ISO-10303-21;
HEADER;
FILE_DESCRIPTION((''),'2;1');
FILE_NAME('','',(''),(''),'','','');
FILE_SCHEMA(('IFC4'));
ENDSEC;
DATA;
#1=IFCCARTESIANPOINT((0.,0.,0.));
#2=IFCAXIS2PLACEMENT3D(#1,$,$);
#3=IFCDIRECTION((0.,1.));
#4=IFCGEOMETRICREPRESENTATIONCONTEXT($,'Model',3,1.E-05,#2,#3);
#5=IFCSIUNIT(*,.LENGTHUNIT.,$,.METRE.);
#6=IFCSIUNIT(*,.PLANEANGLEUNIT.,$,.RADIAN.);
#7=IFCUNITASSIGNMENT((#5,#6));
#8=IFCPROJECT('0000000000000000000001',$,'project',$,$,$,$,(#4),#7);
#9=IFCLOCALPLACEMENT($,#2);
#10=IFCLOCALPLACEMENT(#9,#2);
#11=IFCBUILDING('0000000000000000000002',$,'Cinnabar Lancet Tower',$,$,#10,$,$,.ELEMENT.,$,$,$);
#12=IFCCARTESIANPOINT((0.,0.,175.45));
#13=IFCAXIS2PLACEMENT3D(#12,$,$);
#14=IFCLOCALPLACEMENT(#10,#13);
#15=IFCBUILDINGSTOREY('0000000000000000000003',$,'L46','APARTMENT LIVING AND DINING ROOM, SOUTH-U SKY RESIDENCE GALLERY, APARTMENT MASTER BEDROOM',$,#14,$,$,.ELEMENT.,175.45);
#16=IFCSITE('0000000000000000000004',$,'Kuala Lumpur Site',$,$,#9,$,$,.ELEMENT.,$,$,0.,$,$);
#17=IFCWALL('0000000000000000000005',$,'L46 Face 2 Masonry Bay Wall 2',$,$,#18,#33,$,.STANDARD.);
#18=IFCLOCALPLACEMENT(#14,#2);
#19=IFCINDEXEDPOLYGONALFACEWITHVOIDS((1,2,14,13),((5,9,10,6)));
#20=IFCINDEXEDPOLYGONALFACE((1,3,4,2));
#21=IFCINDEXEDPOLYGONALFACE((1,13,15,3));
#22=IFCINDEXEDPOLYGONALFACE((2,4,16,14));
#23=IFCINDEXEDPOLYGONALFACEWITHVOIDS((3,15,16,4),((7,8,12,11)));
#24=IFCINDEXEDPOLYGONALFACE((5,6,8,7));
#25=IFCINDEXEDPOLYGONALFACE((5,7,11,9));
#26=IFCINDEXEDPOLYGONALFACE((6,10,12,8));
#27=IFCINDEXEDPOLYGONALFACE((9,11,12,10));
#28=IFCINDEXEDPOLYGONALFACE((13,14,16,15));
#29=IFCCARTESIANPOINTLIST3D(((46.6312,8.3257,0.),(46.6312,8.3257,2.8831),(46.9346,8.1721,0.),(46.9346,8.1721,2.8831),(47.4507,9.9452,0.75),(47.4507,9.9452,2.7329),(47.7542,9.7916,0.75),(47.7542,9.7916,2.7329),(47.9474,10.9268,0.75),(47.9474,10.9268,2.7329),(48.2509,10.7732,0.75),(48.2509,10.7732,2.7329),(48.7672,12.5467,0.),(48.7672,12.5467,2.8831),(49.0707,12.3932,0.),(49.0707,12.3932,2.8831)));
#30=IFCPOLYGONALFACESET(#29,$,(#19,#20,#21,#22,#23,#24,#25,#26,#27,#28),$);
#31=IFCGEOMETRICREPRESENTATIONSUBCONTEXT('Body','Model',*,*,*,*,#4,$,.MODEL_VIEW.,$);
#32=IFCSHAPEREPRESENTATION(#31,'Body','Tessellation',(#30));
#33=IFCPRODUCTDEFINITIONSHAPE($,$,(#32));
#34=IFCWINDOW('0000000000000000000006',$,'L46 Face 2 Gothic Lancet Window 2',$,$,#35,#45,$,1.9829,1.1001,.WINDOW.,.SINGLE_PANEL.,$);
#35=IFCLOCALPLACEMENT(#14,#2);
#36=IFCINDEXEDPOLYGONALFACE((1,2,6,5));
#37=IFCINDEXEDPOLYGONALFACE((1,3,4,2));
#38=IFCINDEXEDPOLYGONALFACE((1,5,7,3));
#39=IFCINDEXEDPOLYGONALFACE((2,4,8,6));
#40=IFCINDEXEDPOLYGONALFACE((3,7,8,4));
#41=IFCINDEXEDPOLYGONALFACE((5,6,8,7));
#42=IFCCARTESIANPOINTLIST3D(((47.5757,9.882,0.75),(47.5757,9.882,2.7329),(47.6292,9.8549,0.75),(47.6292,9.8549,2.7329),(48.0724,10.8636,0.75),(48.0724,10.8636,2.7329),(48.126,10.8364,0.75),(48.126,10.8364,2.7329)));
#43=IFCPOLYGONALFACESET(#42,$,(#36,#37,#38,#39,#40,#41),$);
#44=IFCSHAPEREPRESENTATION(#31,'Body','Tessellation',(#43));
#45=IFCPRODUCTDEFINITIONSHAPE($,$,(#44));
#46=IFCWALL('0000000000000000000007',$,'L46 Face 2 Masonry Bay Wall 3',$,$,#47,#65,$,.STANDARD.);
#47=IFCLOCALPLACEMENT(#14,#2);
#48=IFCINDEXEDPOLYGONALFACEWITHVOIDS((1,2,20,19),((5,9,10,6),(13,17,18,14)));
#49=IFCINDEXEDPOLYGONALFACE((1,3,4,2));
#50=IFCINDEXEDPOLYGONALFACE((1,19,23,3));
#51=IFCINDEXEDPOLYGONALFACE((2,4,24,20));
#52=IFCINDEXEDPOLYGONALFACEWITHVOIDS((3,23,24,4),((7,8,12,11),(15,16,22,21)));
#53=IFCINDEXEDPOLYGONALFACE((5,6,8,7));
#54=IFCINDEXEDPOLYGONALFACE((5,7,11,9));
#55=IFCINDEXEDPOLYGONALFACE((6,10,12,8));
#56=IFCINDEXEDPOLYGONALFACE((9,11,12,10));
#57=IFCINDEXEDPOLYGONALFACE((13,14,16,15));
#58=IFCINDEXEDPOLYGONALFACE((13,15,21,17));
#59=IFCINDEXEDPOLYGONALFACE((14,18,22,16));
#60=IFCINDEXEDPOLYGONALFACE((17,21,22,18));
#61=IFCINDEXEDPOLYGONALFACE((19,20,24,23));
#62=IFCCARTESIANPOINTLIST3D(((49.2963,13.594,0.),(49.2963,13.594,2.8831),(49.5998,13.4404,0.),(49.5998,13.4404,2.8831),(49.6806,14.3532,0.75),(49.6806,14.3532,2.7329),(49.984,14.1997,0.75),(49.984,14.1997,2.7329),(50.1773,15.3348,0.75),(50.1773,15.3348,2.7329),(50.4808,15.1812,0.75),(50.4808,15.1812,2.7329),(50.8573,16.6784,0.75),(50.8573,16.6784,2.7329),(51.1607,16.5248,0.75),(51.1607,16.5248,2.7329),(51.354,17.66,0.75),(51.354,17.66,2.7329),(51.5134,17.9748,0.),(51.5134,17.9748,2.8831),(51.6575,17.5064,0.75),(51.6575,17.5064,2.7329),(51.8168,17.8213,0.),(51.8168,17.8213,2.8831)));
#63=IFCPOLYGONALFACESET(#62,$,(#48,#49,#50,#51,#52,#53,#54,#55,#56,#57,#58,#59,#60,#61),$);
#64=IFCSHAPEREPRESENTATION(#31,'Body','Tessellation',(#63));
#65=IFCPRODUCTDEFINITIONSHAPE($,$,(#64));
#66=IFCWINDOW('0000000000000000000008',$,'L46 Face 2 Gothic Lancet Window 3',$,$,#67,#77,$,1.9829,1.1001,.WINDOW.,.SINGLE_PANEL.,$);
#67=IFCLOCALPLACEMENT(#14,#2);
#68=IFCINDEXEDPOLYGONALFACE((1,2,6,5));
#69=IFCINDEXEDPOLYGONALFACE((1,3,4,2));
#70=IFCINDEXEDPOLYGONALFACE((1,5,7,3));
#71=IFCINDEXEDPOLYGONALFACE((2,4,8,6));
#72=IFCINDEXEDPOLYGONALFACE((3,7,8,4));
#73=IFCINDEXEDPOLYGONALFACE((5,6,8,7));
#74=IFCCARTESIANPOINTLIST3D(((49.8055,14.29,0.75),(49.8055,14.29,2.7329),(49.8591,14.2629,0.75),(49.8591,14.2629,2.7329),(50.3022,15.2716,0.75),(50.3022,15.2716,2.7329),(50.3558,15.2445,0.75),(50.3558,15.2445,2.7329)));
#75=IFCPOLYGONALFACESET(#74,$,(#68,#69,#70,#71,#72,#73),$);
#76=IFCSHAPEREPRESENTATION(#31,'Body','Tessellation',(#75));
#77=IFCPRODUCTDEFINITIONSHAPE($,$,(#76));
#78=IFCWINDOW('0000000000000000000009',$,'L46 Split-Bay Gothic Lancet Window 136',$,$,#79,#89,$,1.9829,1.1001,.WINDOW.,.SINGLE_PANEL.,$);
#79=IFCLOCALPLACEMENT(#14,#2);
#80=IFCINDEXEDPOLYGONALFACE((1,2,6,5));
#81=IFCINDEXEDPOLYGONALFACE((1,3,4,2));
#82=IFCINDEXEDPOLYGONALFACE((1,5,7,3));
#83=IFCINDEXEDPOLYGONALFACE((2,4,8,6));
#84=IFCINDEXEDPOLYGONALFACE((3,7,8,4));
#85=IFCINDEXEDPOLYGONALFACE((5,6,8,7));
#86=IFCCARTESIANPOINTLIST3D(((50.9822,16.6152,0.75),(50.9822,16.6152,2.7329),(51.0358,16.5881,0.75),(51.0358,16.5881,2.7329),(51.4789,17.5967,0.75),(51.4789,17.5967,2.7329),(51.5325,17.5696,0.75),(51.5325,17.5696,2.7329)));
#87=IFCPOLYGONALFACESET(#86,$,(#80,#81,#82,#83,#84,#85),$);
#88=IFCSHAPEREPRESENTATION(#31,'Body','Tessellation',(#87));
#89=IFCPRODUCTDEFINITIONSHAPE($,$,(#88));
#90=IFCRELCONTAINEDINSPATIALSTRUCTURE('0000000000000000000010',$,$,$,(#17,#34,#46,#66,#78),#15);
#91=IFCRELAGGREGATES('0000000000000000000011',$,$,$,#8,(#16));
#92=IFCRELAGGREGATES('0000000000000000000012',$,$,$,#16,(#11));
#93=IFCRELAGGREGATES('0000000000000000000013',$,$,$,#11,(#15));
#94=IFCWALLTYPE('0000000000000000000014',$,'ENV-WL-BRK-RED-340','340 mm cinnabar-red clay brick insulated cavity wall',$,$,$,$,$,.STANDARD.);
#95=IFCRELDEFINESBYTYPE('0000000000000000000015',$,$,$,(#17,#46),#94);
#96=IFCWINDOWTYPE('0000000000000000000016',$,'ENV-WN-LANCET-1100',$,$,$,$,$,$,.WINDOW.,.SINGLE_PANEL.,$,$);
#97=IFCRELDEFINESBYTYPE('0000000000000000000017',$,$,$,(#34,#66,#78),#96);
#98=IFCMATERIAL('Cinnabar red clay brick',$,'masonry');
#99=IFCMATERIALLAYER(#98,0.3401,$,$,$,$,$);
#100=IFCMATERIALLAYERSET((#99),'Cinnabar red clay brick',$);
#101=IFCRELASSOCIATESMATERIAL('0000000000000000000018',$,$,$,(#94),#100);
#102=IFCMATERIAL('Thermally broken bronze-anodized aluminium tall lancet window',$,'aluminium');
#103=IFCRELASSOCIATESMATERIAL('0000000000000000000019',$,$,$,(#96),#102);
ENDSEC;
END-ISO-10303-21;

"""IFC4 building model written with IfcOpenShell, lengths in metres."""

from ifc_helpers import new_model, si_unit, direction, frame, frame_2d, origin, place, context, subcontext, project, spatial, rectangle, extrude, material, layer, layer_set, type_object, element, fill, save


model = new_model("IFC4")

# Units and contexts
model_context = context("Model", 3, precision=1e-05, world=origin(), true_north=direction((0.0, 1.0)))
body_context = subcontext(model_context, "Body", "Model", "MODEL_VIEW")
ifc_project = project(units=[si_unit("LENGTHUNIT", "METRE"), si_unit("PLANEANGLEUNIT", "RADIAN")], contexts=[model_context])

# Site, building, storey
site_placement = place(None, origin())
site = spatial("IfcSite", under=ifc_project, at=site_placement, Name="Kuala Lumpur Site", CompositionType="ELEMENT", RefElevation=0.0)
building_placement = place(site_placement, origin())
building = spatial("IfcBuilding", under=site, at=building_placement, Name="Cinnabar Lancet Tower", CompositionType="ELEMENT")
storey_placement = place(building_placement, frame((0.0, 0.0, 175.45)))
storey = spatial("IfcBuildingStorey", under=building, at=storey_placement, Name="L46", Description="APARTMENT LIVING AND DINING ROOM, SOUTH-U SKY RESIDENCE GALLERY, APARTMENT MASTER BEDROOM", CompositionType="ELEMENT", Elevation=175.45)

# Shared definitions
ifc_material_1 = material(Name="Cinnabar red clay brick", Category="masonry")
ifc_layer_1 = layer(ifc_material_1, 0.3401)
ifc_layer_set_1 = layer_set([ifc_layer_1], Name="Cinnabar red clay brick")
wall_type_1 = type_object("IfcWallType", Name="ENV-WL-BRK-RED-340", Description="340 mm cinnabar-red clay brick insulated cavity wall", PredefinedType="STANDARD", material=ifc_layer_set_1)

# Wall, opening, window
wall_1_placement = place(storey_placement, frame((46.783, 8.249, 0.0), z_axis=(0.0, 0.0, 1.0), x_axis=(0.451523, 0.89226, 0.0)))
wall_1 = element("IfcWall", 1, at=wall_1_placement, inside=storey, type_object=wall_type_1, Name="L46 Face 2 Masonry Bay Wall 2", PredefinedType="STANDARD", context=body_context, shape_type="SweptSolid", body=[
    extrude(rectangle(XDim=4.7307, YDim=0.3401, at=frame_2d((2.3652, 0.0))), origin(), (0.0, 0.0, 1.0), 2.8831),
])
opening_1_placement = place(wall_1_placement, frame((1.8149, 0.0, 0.75)))
opening_1 = element("IfcOpeningElement", 2, at=opening_1_placement, cuts=wall_1, PredefinedType="OPENING", context=body_context, shape_type="SweptSolid", body=[
    extrude(rectangle(XDim=1.1001, YDim=1.9829, at=frame_2d((0.55, 0.9915))), frame((0.0, 0.1799, 0.0), z_axis=(0.0, -1.0, 0.0), x_axis=(1.0, 0.0, 0.0)), (0.0, 0.0, 1.0), 0.3601),
])
ifc_material_2 = material(Name="Thermally broken bronze-anodized aluminium tall lancet window", Category="aluminium")
window_type = type_object("IfcWindowType", Name="ENV-WN-LANCET-1100", PartitioningType="SINGLE_PANEL", PredefinedType="WINDOW", material=ifc_material_2)
window_1_placement = place(opening_1_placement, origin())
window_1 = element("IfcWindow", 3, at=window_1_placement, inside=storey, type_object=window_type, Name="L46 Face 2 Gothic Lancet Window 2", OverallHeight=1.9829, OverallWidth=1.1001, PartitioningType="SINGLE_PANEL", PredefinedType="WINDOW", context=body_context, shape_type="SweptSolid", body=[
    extrude(rectangle(XDim=1.1001, YDim=1.9829, at=frame_2d((0.55, 0.9915))), frame((0.0, 0.03, 0.0), z_axis=(0.0, -1.0, 0.0), x_axis=(1.0, 0.0, 0.0)), (0.0, 0.0, 1.0), 0.0601),
])
fill(opening_1, window_1)

# Wall, openings, windows
wall_2_placement = place(storey_placement, frame((49.448, 13.5171, 0.0), z_axis=(0.0, 0.0, 1.0), x_axis=(0.451544, 0.892249, 0.0)))
wall_2 = element("IfcWall", 4, at=wall_2_placement, inside=storey, type_object=wall_type_1, Name="L46 Face 2 Masonry Bay Wall 3", PredefinedType="STANDARD", context=body_context, shape_type="SweptSolid", body=[
    extrude(rectangle(XDim=4.9099, YDim=0.3401, at=frame_2d((2.4551, 0.0))), origin(), (0.0, 0.0, 1.0), 2.8831),
])
opening_2_placement = place(wall_2_placement, frame((0.8511, 0.0, 0.75)))
opening_2 = element("IfcOpeningElement", 5, at=opening_2_placement, cuts=wall_2, PredefinedType="OPENING", context=body_context, shape_type="SweptSolid", body=[
    extrude(rectangle(XDim=1.1001, YDim=1.9829, at=frame_2d((0.55, 0.9915))), frame((0.0, 0.1799, 0.0), z_axis=(0.0, -1.0, 0.0), x_axis=(1.0, 0.0, 0.0)), (0.0, 0.0, 1.0), 0.3601),
])
opening_3_placement = place(wall_2_placement, frame((3.457, 0.0, 0.75)))
opening_3 = element("IfcOpeningElement", 6, at=opening_3_placement, cuts=wall_2, PredefinedType="OPENING", context=body_context, shape_type="SweptSolid", body=[
    extrude(rectangle(XDim=1.1001, YDim=1.9829, at=frame_2d((0.55, 0.9915))), frame((0.0, 0.1799, 0.0), z_axis=(0.0, -1.0, 0.0), x_axis=(1.0, 0.0, 0.0)), (0.0, 0.0, 1.0), 0.3601),
])
window_2_placement = place(opening_2_placement, origin())
window_2 = element("IfcWindow", 7, at=window_2_placement, inside=storey, type_object=window_type, Name="L46 Face 2 Gothic Lancet Window 3", OverallHeight=1.9829, OverallWidth=1.1001, PartitioningType="SINGLE_PANEL", PredefinedType="WINDOW", context=body_context, shape_type="SweptSolid", body=[
    extrude(rectangle(XDim=1.1001, YDim=1.9829, at=frame_2d((0.55, 0.9915))), frame((0.0, 0.03, 0.0), z_axis=(0.0, -1.0, 0.0), x_axis=(1.0, 0.0, 0.0)), (0.0, 0.0, 1.0), 0.0601),
])
fill(opening_2, window_2)
window_3_placement = place(opening_3_placement, origin())
window_3 = element("IfcWindow", 8, at=window_3_placement, inside=storey, type_object=window_type, Name="L46 Split-Bay Gothic Lancet Window 136", OverallHeight=1.9829, OverallWidth=1.1001, PartitioningType="SINGLE_PANEL", PredefinedType="WINDOW", context=body_context, shape_type="SweptSolid", body=[
    extrude(rectangle(XDim=1.1001, YDim=1.9829, at=frame_2d((0.55, 0.9915))), frame((0.0, 0.03, 0.0), z_axis=(0.0, -1.0, 0.0), x_axis=(1.0, 0.0, 0.0)), (0.0, 0.0, 1.0), 0.0601),
])
fill(opening_3, window_3)

save(model, "model.ifc")
